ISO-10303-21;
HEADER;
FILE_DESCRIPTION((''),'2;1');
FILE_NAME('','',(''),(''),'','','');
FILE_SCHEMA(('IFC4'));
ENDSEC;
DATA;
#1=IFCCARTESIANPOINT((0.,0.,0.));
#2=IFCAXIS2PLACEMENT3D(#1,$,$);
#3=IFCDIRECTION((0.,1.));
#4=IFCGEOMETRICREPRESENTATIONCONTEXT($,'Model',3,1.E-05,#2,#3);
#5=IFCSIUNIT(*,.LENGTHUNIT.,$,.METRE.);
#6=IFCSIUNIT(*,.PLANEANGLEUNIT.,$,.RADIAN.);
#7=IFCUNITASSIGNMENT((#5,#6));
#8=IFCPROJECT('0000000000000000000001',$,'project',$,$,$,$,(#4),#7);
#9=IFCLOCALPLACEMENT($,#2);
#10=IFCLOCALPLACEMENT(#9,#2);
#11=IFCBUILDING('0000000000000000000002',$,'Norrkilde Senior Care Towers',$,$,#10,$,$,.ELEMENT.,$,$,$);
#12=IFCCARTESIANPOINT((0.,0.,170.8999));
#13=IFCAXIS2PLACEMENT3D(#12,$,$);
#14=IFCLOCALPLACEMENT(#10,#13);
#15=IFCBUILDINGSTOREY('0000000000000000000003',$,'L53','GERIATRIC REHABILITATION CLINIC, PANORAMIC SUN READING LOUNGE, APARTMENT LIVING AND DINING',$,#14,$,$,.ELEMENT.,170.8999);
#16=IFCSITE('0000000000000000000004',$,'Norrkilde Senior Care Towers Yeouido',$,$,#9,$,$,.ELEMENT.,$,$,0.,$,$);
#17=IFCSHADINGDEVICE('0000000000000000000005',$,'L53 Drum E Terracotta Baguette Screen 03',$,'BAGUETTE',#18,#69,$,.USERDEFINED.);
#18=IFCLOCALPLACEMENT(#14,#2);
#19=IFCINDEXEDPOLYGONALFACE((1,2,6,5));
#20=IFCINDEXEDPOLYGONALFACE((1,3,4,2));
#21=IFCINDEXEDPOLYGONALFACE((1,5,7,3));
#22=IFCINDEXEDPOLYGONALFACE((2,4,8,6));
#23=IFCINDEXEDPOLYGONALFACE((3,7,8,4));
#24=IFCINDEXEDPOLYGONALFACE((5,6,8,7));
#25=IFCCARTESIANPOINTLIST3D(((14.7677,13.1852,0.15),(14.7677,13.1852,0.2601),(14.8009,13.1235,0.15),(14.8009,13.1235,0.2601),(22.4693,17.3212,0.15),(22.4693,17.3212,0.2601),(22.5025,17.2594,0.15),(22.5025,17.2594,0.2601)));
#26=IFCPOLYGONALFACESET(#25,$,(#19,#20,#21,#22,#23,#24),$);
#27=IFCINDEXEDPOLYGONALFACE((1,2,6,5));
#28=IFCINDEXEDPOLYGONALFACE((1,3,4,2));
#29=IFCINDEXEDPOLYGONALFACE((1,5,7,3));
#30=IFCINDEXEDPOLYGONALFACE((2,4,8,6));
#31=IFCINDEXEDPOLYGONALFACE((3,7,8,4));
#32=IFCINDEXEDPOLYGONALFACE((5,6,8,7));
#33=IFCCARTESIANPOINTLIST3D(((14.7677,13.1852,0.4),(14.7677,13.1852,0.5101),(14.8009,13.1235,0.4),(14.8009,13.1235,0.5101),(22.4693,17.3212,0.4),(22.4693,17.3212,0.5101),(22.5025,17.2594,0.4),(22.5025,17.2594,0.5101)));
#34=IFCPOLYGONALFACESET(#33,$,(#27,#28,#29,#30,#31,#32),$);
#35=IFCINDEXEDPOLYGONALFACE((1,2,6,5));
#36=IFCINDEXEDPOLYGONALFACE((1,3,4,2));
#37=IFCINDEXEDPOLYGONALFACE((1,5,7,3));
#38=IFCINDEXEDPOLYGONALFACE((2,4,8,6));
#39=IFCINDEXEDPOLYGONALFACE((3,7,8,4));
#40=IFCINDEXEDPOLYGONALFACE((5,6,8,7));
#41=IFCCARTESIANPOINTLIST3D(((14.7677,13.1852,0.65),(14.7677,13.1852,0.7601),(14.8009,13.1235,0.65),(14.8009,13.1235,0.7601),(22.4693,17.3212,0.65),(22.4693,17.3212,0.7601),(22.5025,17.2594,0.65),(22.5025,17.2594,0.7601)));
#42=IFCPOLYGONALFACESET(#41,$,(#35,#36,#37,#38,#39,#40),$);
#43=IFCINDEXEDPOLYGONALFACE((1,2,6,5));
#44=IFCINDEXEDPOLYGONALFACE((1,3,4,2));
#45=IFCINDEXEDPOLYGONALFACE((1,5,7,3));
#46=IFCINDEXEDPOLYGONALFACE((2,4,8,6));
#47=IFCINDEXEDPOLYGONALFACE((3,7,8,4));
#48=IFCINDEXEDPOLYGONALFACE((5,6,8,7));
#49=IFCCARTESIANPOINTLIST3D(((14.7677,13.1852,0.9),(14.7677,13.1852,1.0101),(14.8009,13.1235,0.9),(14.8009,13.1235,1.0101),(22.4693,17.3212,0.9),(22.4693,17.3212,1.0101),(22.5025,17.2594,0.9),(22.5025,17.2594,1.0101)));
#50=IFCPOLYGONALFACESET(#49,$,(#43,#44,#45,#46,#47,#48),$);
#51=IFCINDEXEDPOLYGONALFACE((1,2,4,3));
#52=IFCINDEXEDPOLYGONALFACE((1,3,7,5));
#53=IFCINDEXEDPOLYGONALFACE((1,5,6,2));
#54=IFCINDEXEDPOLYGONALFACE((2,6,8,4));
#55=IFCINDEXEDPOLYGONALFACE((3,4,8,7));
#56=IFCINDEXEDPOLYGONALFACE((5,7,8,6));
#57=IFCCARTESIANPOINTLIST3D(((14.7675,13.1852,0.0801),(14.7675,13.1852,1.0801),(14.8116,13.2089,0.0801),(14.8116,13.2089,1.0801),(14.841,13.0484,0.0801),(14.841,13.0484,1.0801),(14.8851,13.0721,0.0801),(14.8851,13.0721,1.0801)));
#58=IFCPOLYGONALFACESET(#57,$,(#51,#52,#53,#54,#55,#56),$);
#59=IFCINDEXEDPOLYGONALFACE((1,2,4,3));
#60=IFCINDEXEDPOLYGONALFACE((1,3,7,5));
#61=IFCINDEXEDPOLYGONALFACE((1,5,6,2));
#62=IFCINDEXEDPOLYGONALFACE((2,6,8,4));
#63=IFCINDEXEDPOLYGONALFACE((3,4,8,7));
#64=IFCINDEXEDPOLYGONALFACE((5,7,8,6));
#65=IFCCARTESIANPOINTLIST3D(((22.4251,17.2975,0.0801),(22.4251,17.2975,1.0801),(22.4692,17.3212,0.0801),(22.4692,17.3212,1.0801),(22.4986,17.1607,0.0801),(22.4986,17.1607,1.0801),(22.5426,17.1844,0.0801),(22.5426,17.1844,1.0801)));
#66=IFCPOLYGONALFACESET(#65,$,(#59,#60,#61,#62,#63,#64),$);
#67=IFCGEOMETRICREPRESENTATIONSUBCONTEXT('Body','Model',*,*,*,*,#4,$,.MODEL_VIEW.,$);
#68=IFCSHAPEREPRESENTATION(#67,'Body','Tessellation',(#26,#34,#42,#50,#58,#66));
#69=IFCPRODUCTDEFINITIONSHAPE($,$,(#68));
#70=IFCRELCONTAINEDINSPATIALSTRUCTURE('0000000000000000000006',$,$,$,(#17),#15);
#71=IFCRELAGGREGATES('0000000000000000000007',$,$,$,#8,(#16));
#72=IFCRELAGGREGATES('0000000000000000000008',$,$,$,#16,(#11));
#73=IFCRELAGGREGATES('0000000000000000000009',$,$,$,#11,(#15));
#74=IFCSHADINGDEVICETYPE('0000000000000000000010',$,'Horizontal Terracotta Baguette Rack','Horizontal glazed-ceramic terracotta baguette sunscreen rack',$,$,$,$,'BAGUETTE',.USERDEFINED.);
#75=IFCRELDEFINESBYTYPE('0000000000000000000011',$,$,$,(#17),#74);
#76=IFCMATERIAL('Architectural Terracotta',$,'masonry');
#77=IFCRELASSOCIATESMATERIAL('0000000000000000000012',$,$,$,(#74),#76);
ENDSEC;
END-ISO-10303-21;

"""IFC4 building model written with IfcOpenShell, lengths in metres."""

from ifc_helpers import new_model, si_unit, direction, frame, origin, origin_2d, place, context, subcontext, project, spatial, rectangle, extrude, source, transform, mapped, material, type_object, type_shapes, element, save


model = new_model("IFC4")

# Units and contexts
model_context = context("Model", 3, precision=1e-05, world=origin(), true_north=direction((0.0, 1.0)))
body_context = subcontext(model_context, "Body", "Model", "MODEL_VIEW")
ifc_project = project(units=[si_unit("LENGTHUNIT", "METRE"), si_unit("PLANEANGLEUNIT", "RADIAN")], contexts=[model_context])

# Site, building, storey
site_placement = place(None, origin())
site = spatial("IfcSite", under=ifc_project, at=site_placement, Name="Norrkilde Senior Care Towers Yeouido", CompositionType="ELEMENT", RefElevation=0.0)
building_placement = place(site_placement, origin())
building = spatial("IfcBuilding", under=site, at=building_placement, Name="Norrkilde Senior Care Towers", CompositionType="ELEMENT")
storey_placement = place(building_placement, frame((0.0, 0.0, 170.8999)))
storey = spatial("IfcBuildingStorey", under=building, at=storey_placement, Name="L53", Description="GERIATRIC REHABILITATION CLINIC, PANORAMIC SUN READING LOUNGE, APARTMENT LIVING AND DINING", CompositionType="ELEMENT", Elevation=170.8999)

# Shading device
ifc_material_1 = material(Name="Architectural Terracotta", Category="masonry")
shading_device_type = type_object("IfcShadingDeviceType", Name="Horizontal Terracotta Baguette Rack", Description="Horizontal glazed-ceramic terracotta baguette sunscreen rack", ElementType="BAGUETTE", PredefinedType="USERDEFINED", material=ifc_material_1)
shared_shape_1 = source(origin(), body_context, "Body", "SweptSolid", [
    extrude(rectangle(XDim=0.0701, YDim=0.1101, at=origin_2d()), frame((0.0, 0.0901, 0.125), z_axis=(1.0, 0.0, 0.0), x_axis=(0.0, 1.0, 0.0)), (0.0, 0.0, 1.0), 8.7419),
    extrude(rectangle(XDim=0.0701, YDim=0.1101, at=origin_2d()), frame((0.0, 0.0901, 0.375), z_axis=(1.0, 0.0, 0.0), x_axis=(0.0, 1.0, 0.0)), (0.0, 0.0, 1.0), 8.7419),
    extrude(rectangle(XDim=0.0701, YDim=0.1101, at=origin_2d()), frame((0.0, 0.0901, 0.625), z_axis=(1.0, 0.0, 0.0), x_axis=(0.0, 1.0, 0.0)), (0.0, 0.0, 1.0), 8.7419),
    extrude(rectangle(XDim=0.0701, YDim=0.1101, at=origin_2d()), frame((0.0, 0.0901, 0.875), z_axis=(1.0, 0.0, 0.0), x_axis=(0.0, 1.0, 0.0)), (0.0, 0.0, 1.0), 8.7419),
    extrude(rectangle(XDim=0.05, YDim=0.1553, at=origin_2d()), frame((0.0249, 0.0476, 0.0)), (0.0, 0.0, 1.0), 1.0),
    extrude(rectangle(XDim=0.05, YDim=0.1553, at=origin_2d()), frame((8.7168, 0.0476, 0.0)), (0.0, 0.0, 1.0), 1.0),
])
type_shapes(shading_device_type, [shared_shape_1])
shading_device_placement = place(storey_placement, frame((14.8269, 13.075, 0.0801), z_axis=(0.0, 0.0, 1.0), x_axis=(0.881001, 0.47312, 0.0)))
element("IfcShadingDevice", 1, at=shading_device_placement, inside=storey, type_object=shading_device_type, Name="L53 Drum E Terracotta Baguette Screen 03", ObjectType="BAGUETTE", PredefinedType="USERDEFINED", context=body_context, shape_type="MappedRepresentation", body=[
    mapped(shared_shape_1, transform((0.0, 0.0, 0.0), x_axis=(1.0, 0.0, 0.0), y_axis=(0.0, 1.0, 0.0), z_axis=(0.0, 0.0, 1.0), scale=1.0)),
])

save(model, "model.ifc")
